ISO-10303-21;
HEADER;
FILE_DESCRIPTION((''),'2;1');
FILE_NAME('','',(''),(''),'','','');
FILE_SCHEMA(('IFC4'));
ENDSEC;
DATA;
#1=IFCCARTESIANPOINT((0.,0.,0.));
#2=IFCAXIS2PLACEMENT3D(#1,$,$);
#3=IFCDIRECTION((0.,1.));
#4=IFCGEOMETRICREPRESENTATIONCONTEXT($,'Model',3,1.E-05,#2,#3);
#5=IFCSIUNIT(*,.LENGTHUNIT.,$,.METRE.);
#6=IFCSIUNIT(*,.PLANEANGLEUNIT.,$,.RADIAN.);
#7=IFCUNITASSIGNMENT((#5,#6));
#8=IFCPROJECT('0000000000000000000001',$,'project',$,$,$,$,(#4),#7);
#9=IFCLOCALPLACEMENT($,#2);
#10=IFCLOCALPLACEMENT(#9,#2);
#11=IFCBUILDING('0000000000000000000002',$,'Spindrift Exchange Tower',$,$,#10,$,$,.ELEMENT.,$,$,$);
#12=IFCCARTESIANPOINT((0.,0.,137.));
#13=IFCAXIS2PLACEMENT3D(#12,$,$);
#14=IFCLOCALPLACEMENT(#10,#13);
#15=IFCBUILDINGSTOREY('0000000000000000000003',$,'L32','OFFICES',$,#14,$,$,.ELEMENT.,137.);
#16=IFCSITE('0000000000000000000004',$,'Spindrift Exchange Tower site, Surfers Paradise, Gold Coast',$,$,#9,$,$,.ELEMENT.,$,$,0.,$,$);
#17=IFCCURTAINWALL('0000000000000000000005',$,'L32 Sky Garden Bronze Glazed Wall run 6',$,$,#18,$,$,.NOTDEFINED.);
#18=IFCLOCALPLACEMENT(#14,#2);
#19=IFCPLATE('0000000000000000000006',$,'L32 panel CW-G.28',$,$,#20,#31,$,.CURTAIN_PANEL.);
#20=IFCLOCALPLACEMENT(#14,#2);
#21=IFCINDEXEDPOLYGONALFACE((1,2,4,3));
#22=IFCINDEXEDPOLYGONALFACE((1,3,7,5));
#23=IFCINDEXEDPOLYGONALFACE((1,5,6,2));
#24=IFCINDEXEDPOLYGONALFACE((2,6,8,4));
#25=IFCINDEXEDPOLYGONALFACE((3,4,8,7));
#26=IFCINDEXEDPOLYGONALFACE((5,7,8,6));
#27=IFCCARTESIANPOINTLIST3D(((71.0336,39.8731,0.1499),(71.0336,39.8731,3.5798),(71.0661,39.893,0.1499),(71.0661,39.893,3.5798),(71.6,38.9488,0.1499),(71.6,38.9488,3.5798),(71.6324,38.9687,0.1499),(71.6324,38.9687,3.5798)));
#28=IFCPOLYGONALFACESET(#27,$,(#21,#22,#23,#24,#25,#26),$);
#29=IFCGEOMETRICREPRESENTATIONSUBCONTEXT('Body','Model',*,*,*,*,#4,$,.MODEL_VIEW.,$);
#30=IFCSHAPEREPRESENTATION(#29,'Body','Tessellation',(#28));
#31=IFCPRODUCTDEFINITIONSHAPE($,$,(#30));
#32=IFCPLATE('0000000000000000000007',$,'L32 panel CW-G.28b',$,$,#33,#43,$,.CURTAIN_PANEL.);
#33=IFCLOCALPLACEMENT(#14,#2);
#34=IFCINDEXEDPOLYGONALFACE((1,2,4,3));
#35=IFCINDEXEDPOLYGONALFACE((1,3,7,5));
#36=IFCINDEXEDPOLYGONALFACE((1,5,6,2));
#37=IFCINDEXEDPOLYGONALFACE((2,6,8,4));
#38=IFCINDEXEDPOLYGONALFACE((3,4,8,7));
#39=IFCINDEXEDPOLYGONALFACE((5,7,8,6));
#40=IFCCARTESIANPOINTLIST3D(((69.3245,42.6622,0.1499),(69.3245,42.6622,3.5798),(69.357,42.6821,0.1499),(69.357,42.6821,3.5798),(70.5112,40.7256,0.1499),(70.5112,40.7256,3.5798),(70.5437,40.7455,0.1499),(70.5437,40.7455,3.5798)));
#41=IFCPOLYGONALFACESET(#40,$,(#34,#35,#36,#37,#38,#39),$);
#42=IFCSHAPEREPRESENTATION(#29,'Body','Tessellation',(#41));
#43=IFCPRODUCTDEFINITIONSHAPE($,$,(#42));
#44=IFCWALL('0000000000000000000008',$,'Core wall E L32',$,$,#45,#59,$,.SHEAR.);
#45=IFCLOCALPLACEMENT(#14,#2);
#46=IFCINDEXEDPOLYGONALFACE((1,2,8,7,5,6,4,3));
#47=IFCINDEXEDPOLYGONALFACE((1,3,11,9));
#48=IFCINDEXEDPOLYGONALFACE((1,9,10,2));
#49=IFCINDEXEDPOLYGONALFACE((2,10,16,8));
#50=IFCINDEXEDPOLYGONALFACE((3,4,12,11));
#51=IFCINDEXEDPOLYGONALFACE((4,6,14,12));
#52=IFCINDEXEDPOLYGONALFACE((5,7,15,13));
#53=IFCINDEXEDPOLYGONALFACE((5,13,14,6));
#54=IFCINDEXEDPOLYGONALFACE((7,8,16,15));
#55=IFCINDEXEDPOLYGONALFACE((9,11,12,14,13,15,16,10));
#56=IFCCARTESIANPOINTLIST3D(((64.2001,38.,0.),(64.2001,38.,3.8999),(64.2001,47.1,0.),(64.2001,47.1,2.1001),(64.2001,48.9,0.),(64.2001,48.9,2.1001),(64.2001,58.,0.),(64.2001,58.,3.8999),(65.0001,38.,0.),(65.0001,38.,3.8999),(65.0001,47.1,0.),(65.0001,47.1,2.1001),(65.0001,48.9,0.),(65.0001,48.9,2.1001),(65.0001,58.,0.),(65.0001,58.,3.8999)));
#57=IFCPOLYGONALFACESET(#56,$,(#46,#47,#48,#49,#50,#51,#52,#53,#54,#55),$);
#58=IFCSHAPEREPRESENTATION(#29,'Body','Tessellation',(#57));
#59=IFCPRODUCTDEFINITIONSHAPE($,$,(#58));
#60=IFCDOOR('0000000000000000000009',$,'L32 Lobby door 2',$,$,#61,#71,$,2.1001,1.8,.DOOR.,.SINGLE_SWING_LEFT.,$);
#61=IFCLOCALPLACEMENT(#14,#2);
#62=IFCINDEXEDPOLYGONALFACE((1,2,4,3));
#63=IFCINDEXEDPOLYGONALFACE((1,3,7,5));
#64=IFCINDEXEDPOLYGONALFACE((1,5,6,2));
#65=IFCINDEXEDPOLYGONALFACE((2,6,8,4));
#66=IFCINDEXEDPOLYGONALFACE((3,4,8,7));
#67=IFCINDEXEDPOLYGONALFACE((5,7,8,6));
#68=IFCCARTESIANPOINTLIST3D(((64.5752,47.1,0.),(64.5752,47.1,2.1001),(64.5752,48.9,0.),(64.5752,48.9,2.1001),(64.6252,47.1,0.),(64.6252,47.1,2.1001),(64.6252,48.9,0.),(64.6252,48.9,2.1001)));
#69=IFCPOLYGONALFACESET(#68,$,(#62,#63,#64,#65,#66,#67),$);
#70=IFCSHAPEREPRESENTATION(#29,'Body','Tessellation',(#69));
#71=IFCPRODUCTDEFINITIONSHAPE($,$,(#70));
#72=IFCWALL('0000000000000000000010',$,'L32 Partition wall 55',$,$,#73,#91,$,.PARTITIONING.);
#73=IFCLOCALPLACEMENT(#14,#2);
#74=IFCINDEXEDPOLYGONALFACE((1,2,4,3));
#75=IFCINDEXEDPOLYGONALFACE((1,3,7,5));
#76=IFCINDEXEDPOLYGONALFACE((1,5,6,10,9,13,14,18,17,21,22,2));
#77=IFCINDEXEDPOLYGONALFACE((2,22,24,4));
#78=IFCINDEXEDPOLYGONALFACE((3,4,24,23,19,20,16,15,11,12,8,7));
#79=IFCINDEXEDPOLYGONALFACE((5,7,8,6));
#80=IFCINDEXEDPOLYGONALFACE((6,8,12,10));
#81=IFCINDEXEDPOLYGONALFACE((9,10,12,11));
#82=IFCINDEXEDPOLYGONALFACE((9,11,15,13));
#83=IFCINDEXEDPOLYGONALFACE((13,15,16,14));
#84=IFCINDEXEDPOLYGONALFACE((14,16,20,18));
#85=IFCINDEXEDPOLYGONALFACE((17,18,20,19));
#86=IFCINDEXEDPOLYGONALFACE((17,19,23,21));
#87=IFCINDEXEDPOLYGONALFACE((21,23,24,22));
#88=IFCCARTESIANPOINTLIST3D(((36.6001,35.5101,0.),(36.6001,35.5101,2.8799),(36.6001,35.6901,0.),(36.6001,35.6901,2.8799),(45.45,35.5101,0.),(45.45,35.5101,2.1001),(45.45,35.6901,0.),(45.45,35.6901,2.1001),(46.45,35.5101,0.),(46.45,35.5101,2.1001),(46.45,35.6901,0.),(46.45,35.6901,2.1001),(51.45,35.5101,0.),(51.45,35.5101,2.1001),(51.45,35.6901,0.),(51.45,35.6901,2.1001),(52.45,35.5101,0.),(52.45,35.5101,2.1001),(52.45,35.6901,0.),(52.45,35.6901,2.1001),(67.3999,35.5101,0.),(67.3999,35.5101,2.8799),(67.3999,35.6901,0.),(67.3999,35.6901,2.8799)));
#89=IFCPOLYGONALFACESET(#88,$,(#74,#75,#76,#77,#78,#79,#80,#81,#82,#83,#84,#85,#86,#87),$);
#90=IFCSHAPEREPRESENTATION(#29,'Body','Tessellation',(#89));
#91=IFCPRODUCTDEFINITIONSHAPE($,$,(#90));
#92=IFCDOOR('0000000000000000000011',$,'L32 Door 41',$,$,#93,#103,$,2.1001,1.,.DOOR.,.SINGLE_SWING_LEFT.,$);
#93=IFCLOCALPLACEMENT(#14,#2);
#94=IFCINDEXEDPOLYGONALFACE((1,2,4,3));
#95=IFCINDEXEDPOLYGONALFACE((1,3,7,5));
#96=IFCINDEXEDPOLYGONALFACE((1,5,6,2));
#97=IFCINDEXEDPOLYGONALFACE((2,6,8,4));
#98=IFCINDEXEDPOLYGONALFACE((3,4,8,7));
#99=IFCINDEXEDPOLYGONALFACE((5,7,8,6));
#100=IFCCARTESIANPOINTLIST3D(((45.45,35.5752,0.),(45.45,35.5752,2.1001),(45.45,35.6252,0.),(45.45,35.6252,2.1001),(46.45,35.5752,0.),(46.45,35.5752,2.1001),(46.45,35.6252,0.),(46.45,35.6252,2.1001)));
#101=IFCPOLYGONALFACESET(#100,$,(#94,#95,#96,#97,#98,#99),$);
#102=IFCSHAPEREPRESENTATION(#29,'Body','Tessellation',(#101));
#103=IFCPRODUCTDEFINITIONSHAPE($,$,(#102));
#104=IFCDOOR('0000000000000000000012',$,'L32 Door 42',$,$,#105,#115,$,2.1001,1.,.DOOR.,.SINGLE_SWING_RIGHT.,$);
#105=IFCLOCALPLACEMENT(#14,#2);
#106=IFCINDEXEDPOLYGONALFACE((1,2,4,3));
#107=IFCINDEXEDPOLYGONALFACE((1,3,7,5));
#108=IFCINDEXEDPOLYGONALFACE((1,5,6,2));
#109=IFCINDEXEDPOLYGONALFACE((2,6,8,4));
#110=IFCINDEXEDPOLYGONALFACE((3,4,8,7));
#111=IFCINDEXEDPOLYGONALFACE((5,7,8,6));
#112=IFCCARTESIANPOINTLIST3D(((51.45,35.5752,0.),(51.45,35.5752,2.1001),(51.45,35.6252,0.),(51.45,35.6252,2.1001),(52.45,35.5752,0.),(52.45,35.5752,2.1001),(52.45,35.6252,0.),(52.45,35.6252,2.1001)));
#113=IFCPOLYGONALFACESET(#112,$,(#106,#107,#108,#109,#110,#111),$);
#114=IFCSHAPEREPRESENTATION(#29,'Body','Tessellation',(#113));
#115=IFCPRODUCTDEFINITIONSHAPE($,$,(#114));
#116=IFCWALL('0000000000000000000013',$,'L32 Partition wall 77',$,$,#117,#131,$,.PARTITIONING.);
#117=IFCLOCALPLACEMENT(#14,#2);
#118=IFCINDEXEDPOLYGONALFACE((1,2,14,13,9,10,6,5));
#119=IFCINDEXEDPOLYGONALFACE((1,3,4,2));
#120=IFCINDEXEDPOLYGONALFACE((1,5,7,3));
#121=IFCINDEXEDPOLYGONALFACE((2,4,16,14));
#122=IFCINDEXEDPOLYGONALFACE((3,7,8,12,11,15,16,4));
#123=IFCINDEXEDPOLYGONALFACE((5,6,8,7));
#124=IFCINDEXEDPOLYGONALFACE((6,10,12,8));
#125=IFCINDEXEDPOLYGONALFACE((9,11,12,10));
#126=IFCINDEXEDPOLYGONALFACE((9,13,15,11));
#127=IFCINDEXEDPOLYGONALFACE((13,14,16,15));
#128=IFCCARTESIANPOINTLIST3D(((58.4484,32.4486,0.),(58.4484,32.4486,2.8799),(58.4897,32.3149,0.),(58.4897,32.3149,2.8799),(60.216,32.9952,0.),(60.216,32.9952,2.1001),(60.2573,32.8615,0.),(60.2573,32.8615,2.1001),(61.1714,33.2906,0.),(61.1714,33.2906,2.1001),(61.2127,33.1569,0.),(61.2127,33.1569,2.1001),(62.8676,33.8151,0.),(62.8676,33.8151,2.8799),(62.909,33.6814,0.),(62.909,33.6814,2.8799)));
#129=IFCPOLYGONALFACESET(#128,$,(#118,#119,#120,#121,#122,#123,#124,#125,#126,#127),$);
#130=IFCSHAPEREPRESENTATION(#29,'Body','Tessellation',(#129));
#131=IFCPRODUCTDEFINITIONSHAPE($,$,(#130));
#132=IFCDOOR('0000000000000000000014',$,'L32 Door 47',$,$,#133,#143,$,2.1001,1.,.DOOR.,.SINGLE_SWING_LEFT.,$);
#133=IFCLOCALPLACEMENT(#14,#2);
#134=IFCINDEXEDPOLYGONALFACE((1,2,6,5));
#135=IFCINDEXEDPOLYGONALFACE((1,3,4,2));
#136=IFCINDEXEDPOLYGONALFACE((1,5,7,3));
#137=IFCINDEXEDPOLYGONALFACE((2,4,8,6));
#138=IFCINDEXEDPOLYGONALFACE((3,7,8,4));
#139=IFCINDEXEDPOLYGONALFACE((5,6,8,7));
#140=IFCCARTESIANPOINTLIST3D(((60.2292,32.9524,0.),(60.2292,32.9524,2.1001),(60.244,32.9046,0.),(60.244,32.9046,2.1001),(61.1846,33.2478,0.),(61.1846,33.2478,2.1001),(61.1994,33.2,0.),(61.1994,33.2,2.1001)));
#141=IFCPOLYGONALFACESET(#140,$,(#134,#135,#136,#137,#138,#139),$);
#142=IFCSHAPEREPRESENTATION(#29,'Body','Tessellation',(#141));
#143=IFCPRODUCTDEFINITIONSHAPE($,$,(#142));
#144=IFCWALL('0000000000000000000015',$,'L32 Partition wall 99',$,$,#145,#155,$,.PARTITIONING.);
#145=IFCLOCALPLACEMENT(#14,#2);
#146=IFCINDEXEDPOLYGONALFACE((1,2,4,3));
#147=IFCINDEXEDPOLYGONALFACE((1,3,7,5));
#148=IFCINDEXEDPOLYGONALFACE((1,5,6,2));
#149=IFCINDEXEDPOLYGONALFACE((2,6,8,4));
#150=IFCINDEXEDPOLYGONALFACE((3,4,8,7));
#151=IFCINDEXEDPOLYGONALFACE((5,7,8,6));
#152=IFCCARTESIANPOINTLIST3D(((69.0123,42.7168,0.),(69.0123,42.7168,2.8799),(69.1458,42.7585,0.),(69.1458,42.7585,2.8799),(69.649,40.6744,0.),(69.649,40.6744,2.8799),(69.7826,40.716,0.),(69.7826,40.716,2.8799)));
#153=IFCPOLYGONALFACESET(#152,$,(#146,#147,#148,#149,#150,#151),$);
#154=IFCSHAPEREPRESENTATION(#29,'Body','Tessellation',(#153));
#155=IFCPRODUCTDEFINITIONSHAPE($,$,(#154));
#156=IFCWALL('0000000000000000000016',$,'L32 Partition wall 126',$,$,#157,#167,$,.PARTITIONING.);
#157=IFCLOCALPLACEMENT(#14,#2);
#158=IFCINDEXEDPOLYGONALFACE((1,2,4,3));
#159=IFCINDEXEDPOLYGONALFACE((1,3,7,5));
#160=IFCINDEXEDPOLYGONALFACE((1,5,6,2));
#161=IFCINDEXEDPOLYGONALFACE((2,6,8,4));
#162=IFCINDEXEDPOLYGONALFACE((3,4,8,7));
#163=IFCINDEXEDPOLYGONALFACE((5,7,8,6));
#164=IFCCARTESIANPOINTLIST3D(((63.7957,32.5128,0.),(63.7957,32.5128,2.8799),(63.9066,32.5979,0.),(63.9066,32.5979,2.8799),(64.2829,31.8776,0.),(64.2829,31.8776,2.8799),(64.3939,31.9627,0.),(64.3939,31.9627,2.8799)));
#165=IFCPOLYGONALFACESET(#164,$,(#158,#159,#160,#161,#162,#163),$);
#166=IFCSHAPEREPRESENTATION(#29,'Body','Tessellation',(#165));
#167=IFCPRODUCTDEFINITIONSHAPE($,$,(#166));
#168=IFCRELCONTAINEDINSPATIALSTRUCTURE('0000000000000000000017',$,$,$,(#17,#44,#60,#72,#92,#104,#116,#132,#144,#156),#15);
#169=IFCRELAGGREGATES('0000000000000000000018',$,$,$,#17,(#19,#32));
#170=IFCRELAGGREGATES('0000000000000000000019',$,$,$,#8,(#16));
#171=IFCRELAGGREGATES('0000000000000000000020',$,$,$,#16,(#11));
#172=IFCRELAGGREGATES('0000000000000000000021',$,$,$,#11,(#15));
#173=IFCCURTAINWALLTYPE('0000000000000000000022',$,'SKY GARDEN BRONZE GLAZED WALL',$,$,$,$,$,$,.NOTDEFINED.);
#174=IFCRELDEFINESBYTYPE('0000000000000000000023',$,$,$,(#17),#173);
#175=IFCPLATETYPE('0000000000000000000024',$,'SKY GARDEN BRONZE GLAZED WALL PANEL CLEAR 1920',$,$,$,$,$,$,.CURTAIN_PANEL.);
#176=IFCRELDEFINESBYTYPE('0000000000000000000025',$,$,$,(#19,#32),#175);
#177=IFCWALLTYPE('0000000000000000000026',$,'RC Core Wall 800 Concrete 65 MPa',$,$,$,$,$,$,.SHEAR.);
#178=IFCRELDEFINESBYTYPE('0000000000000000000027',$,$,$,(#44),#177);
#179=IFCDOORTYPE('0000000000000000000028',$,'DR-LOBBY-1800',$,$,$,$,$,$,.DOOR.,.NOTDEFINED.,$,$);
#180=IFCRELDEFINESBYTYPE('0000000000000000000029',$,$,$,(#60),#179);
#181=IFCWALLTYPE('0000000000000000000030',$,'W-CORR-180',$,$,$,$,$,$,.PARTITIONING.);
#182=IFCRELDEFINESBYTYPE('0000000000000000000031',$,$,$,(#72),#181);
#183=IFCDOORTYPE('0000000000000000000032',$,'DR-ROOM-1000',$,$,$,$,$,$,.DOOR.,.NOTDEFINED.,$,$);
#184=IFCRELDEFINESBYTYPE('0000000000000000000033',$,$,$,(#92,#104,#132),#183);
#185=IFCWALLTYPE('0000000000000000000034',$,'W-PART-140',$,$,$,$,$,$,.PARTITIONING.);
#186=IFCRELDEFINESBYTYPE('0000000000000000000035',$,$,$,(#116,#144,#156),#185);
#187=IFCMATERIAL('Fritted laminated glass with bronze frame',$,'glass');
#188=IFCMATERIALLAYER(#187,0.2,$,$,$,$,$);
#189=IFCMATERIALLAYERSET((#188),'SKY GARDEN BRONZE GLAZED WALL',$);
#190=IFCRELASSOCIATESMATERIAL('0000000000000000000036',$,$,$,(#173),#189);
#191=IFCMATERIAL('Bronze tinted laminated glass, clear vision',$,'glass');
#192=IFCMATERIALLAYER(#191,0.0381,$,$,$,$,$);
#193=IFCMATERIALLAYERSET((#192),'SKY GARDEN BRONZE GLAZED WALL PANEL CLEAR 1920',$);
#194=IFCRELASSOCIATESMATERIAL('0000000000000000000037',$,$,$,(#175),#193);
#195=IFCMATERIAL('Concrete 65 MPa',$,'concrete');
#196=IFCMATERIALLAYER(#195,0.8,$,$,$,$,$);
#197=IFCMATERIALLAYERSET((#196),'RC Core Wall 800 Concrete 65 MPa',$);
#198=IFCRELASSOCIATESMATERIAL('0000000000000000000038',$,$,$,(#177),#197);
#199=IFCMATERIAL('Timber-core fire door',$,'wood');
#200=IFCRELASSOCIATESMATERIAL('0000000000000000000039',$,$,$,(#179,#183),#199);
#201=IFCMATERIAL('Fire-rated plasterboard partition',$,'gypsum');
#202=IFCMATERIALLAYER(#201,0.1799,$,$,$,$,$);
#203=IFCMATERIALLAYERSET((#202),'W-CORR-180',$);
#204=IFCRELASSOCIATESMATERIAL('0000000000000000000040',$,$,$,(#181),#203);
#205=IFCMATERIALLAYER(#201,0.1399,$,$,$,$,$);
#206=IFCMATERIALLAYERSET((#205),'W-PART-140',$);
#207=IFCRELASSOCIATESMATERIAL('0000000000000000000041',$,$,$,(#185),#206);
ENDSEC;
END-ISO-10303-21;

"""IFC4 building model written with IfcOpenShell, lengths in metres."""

from ifc_helpers import new_model, si_unit, direction, frame, frame_2d, origin, origin_2d, place, context, subcontext, project, spatial, rectangle, extrude, source, transform, mapped, material, layer, layer_set, type_object, element, fill, aggregate, save


model = new_model("IFC4")

# Units and contexts
model_context = context("Model", 3, precision=1e-05, world=origin(), true_north=direction((0.0, 1.0)))
body_context = subcontext(model_context, "Body", "Model", "MODEL_VIEW")
ifc_project = project(units=[si_unit("LENGTHUNIT", "METRE"), si_unit("PLANEANGLEUNIT", "RADIAN")], contexts=[model_context])

# Site, building, storey
site_placement = place(None, origin())
site = spatial("IfcSite", under=ifc_project, at=site_placement, Name="Spindrift Exchange Tower site, Surfers Paradise, Gold Coast", CompositionType="ELEMENT", RefElevation=0.0)
building_placement = place(site_placement, origin())
building = spatial("IfcBuilding", under=site, at=building_placement, Name="Spindrift Exchange Tower", CompositionType="ELEMENT")
storey_placement = place(building_placement, frame((0.0, 0.0, 137.0)))
storey = spatial("IfcBuildingStorey", under=building, at=storey_placement, Name="L32", Description="OFFICES", CompositionType="ELEMENT", Elevation=137.0)

# Curtain wall
ifc_material_1 = material(Name="Fritted laminated glass with bronze frame", Category="glass")
ifc_layer_1 = layer(ifc_material_1, 0.2)
ifc_layer_set_1 = layer_set([ifc_layer_1], Name="SKY GARDEN BRONZE GLAZED WALL")
curtain_wall_type_1 = type_object("IfcCurtainWallType", Name="SKY GARDEN BRONZE GLAZED WALL", PredefinedType="NOTDEFINED", material=ifc_layer_set_1)
curtain_wall_1_placement = place(storey_placement, origin())
curtain_wall_1 = element("IfcCurtainWall", 1, at=curtain_wall_1_placement, inside=storey, type_object=curtain_wall_type_1, Name="L32 Sky Garden Bronze Glazed Wall run 6", PredefinedType="NOTDEFINED")

# Plates
ifc_material_2 = material(Name="Bronze tinted laminated glass, clear vision", Category="glass")
ifc_layer_2 = layer(ifc_material_2, 0.0381)
ifc_layer_set_2 = layer_set([ifc_layer_2], Name="SKY GARDEN BRONZE GLAZED WALL PANEL CLEAR 1920")
plate_type_1 = type_object("IfcPlateType", Name="SKY GARDEN BRONZE GLAZED WALL PANEL CLEAR 1920", PredefinedType="CURTAIN_PANEL", material=ifc_layer_set_2)
shared_shape_1 = source(origin(), body_context, "Body", "SweptSolid", [
    extrude(rectangle(XDim=1.084, YDim=0.0381, at=origin_2d()), origin(), (0.0, 0.0, 1.0), 3.4299),
])
plate_1_placement = place(storey_placement, frame((71.333, 39.4209, 0.1499), z_axis=(0.0, 0.0, 1.0), x_axis=(-0.522482, 0.85265, 0.0)))
plate_1 = element("IfcPlate", 2, at=plate_1_placement, type_object=plate_type_1, Name="L32 panel CW-G.28", PredefinedType="CURTAIN_PANEL", context=body_context, shape_type="MappedRepresentation", body=[
    mapped(shared_shape_1, transform((0.0, 0.0, 0.0), scale=1.0)),
])
shared_shape_2 = source(origin(), body_context, "Body", "SweptSolid", [
    extrude(rectangle(XDim=2.2712, YDim=0.0381, at=origin_2d()), origin(), (0.0, 0.0, 1.0), 3.4299),
])
plate_2_placement = place(storey_placement, frame((69.9341, 41.7039, 0.1499), z_axis=(0.0, 0.0, 1.0), x_axis=(-0.522482, 0.85265, 0.0)))
plate_2 = element("IfcPlate", 3, at=plate_2_placement, type_object=plate_type_1, Name="L32 panel CW-G.28b", PredefinedType="CURTAIN_PANEL", context=body_context, shape_type="MappedRepresentation", body=[
    mapped(shared_shape_2, transform((0.0, 0.0, 0.0), scale=1.0)),
])
aggregate(curtain_wall_1, [plate_1, plate_2])

# Wall, opening, door
ifc_material_3 = material(Name="Concrete 65 MPa", Category="concrete")
ifc_layer_3 = layer(ifc_material_3, 0.8)
ifc_layer_set_3 = layer_set([ifc_layer_3], Name="RC Core Wall 800 Concrete 65 MPa")
wall_type_1 = type_object("IfcWallType", Name="RC Core Wall 800 Concrete 65 MPa", PredefinedType="SHEAR", material=ifc_layer_set_3)
wall_1_placement = place(storey_placement, frame((64.6001, 38.0, 0.0), z_axis=(0.0, 0.0, 1.0), x_axis=(0.0, 1.0, 0.0)))
wall_1 = element("IfcWall", 4, at=wall_1_placement, inside=storey, type_object=wall_type_1, Name="Core wall E L32", PredefinedType="SHEAR", context=body_context, shape_type="SweptSolid", body=[
    extrude(rectangle(XDim=20.0, YDim=0.8, at=frame_2d((10.0, 0.0))), origin(), (0.0, 0.0, 1.0), 3.8999),
])
opening_1_placement = place(wall_1_placement, frame((9.1001, 0.0, 0.0)))
opening_1 = element("IfcOpeningElement", 5, at=opening_1_placement, cuts=wall_1, PredefinedType="OPENING", context=body_context, shape_type="SweptSolid", body=[
    extrude(rectangle(XDim=1.8, YDim=2.1001, at=frame_2d((0.8999, 1.05))), frame((0.0, 0.4099, 0.0), z_axis=(0.0, -1.0, 0.0), x_axis=(1.0, 0.0, 0.0)), (0.0, 0.0, 1.0), 0.8201),
])
ifc_material_4 = material(Name="Timber-core fire door", Category="wood")
door_type_1 = type_object("IfcDoorType", Name="DR-LOBBY-1800", OperationType="NOTDEFINED", PredefinedType="DOOR", material=ifc_material_4)
shared_shape_3 = source(origin(), body_context, "Body", "SweptSolid", [
    extrude(rectangle(XDim=1.8, YDim=2.1001, at=frame_2d((0.8999, 1.05))), frame((0.0, 0.0249, 0.0), z_axis=(0.0, -1.0, 0.0), x_axis=(1.0, 0.0, 0.0)), (0.0, 0.0, 1.0), 0.05),
])
door_1_placement = place(opening_1_placement, origin())
door_1 = element("IfcDoor", 6, at=door_1_placement, inside=storey, type_object=door_type_1, Name="L32 Lobby door 2", OperationType="SINGLE_SWING_LEFT", OverallHeight=2.1001, OverallWidth=1.8, PredefinedType="DOOR", context=body_context, shape_type="MappedRepresentation", body=[
    mapped(shared_shape_3, transform((0.0, 0.0, 0.0), scale=1.0)),
])
fill(opening_1, door_1)

# Wall, openings, doors
ifc_material_5 = material(Name="Fire-rated plasterboard partition", Category="gypsum")
ifc_layer_4 = layer(ifc_material_5, 0.1799)
ifc_layer_set_4 = layer_set([ifc_layer_4], Name="W-CORR-180")
wall_type_2 = type_object("IfcWallType", Name="W-CORR-180", PredefinedType="PARTITIONING", material=ifc_layer_set_4)
wall_2_placement = place(storey_placement, frame((67.3999, 35.6001, 0.0), z_axis=(0.0, 0.0, 1.0), x_axis=(-1.0, 0.0, 0.0)))
wall_2 = element("IfcWall", 7, at=wall_2_placement, inside=storey, type_object=wall_type_2, Name="L32 Partition wall 55", PredefinedType="PARTITIONING", context=body_context, shape_type="SweptSolid", body=[
    extrude(rectangle(XDim=30.7998, YDim=0.1799, at=frame_2d((15.3999, 0.0))), origin(), (0.0, 0.0, 1.0), 2.8799),
])
opening_2_placement = place(wall_2_placement, frame((20.95, 0.0, 0.0)))
opening_2 = element("IfcOpeningElement", 8, at=opening_2_placement, cuts=wall_2, PredefinedType="OPENING", context=body_context, shape_type="SweptSolid", body=[
    extrude(rectangle(XDim=1.0, YDim=2.1001, at=frame_2d((0.5, 1.05))), frame((0.0, 0.0999, 0.0), z_axis=(0.0, -1.0, 0.0), x_axis=(1.0, 0.0, 0.0)), (0.0, 0.0, 1.0), 0.2),
])
opening_3_placement = place(wall_2_placement, frame((14.95, 0.0, 0.0)))
opening_3 = element("IfcOpeningElement", 9, at=opening_3_placement, cuts=wall_2, PredefinedType="OPENING", context=body_context, shape_type="SweptSolid", body=[
    extrude(rectangle(XDim=1.0, YDim=2.1001, at=frame_2d((0.5, 1.05))), frame((0.0, 0.0999, 0.0), z_axis=(0.0, -1.0, 0.0), x_axis=(1.0, 0.0, 0.0)), (0.0, 0.0, 1.0), 0.2),
])
door_type_2 = type_object("IfcDoorType", Name="DR-ROOM-1000", OperationType="NOTDEFINED", PredefinedType="DOOR", material=ifc_material_4)
shared_shape_4 = source(origin(), body_context, "Body", "SweptSolid", [
    extrude(rectangle(XDim=1.0, YDim=2.1001, at=frame_2d((0.5, 1.05))), frame((0.0, 0.0249, 0.0), z_axis=(0.0, -1.0, 0.0), x_axis=(1.0, 0.0, 0.0)), (0.0, 0.0, 1.0), 0.05),
])
door_2_placement = place(opening_2_placement, origin())
door_2 = element("IfcDoor", 10, at=door_2_placement, inside=storey, type_object=door_type_2, Name="L32 Door 41", OperationType="SINGLE_SWING_LEFT", OverallHeight=2.1001, OverallWidth=1.0, PredefinedType="DOOR", context=body_context, shape_type="MappedRepresentation", body=[
    mapped(shared_shape_4, transform((0.0, 0.0, 0.0), scale=1.0)),
])
fill(opening_2, door_2)
door_3_placement = place(opening_3_placement, origin())
door_3 = element("IfcDoor", 11, at=door_3_placement, inside=storey, type_object=door_type_2, Name="L32 Door 42", OperationType="SINGLE_SWING_RIGHT", OverallHeight=2.1001, OverallWidth=1.0, PredefinedType="DOOR", context=body_context, shape_type="MappedRepresentation", body=[
    mapped(shared_shape_4, transform((0.0, 0.0, 0.0), scale=1.0)),
])
fill(opening_3, door_3)

# Wall, opening, door
ifc_layer_5 = layer(ifc_material_5, 0.1399)
ifc_layer_set_5 = layer_set([ifc_layer_5], Name="W-PART-140")
wall_type_3 = type_object("IfcWallType", Name="W-PART-140", PredefinedType="PARTITIONING", material=ifc_layer_set_5)
wall_3_placement = place(storey_placement, frame((62.8884, 33.7483, 0.0), z_axis=(0.0, 0.0, 1.0), x_axis=(-0.955371, -0.29541, 0.0)))
wall_3 = element("IfcWall", 12, at=wall_3_placement, inside=storey, type_object=wall_type_3, Name="L32 Partition wall 77", PredefinedType="PARTITIONING", context=body_context, shape_type="SweptSolid", body=[
    extrude(rectangle(XDim=4.6257, YDim=0.1399, at=frame_2d((2.313, 0.0))), origin(), (0.0, 0.0, 1.0), 2.8799),
])
opening_4_placement = place(wall_3_placement, frame((1.7756, 0.0, 0.0)))
opening_4 = element("IfcOpeningElement", 13, at=opening_4_placement, cuts=wall_3, PredefinedType="OPENING", context=body_context, shape_type="SweptSolid", body=[
    extrude(rectangle(XDim=1.0, YDim=2.1001, at=frame_2d((0.5, 1.05))), frame((0.0, 0.0798, 0.0), z_axis=(0.0, -1.0, 0.0), x_axis=(1.0, 0.0, 0.0)), (0.0, 0.0, 1.0), 0.1599),
])
door_4_placement = place(opening_4_placement, origin())
door_4 = element("IfcDoor", 14, at=door_4_placement, inside=storey, type_object=door_type_2, Name="L32 Door 47", OperationType="SINGLE_SWING_LEFT", OverallHeight=2.1001, OverallWidth=1.0, PredefinedType="DOOR", context=body_context, shape_type="MappedRepresentation", body=[
    mapped(shared_shape_4, transform((0.0, 0.0, 0.0), scale=1.0)),
])
fill(opening_4, door_4)

# Walls
wall_4_placement = place(storey_placement, frame((69.7158, 40.6951, 0.0), z_axis=(0.0, 0.0, 1.0), x_axis=(-0.297612, 0.954687, 0.0)))
element("IfcWall", 15, at=wall_4_placement, inside=storey, type_object=wall_type_3, Name="L32 Partition wall 99", PredefinedType="PARTITIONING", context=body_context, shape_type="SweptSolid", body=[
    extrude(rectangle(XDim=2.1394, YDim=0.1399, at=frame_2d((1.0698, 0.0))), origin(), (0.0, 0.0, 1.0), 2.8799),
])
wall_5_placement = place(storey_placement, frame((63.8511, 32.5554, 0.0), z_axis=(0.0, 0.0, 1.0), x_axis=(0.608649, -0.793439, 0.0)))
element("IfcWall", 16, at=wall_5_placement, inside=storey, type_object=wall_type_3, Name="L32 Partition wall 126", PredefinedType="PARTITIONING", context=body_context, shape_type="SweptSolid", body=[
    extrude(rectangle(XDim=0.8005, YDim=0.1399, at=frame_2d((0.4004, 0.0))), origin(), (0.0, 0.0, 1.0), 2.8799),
])

save(model, "model.ifc")
